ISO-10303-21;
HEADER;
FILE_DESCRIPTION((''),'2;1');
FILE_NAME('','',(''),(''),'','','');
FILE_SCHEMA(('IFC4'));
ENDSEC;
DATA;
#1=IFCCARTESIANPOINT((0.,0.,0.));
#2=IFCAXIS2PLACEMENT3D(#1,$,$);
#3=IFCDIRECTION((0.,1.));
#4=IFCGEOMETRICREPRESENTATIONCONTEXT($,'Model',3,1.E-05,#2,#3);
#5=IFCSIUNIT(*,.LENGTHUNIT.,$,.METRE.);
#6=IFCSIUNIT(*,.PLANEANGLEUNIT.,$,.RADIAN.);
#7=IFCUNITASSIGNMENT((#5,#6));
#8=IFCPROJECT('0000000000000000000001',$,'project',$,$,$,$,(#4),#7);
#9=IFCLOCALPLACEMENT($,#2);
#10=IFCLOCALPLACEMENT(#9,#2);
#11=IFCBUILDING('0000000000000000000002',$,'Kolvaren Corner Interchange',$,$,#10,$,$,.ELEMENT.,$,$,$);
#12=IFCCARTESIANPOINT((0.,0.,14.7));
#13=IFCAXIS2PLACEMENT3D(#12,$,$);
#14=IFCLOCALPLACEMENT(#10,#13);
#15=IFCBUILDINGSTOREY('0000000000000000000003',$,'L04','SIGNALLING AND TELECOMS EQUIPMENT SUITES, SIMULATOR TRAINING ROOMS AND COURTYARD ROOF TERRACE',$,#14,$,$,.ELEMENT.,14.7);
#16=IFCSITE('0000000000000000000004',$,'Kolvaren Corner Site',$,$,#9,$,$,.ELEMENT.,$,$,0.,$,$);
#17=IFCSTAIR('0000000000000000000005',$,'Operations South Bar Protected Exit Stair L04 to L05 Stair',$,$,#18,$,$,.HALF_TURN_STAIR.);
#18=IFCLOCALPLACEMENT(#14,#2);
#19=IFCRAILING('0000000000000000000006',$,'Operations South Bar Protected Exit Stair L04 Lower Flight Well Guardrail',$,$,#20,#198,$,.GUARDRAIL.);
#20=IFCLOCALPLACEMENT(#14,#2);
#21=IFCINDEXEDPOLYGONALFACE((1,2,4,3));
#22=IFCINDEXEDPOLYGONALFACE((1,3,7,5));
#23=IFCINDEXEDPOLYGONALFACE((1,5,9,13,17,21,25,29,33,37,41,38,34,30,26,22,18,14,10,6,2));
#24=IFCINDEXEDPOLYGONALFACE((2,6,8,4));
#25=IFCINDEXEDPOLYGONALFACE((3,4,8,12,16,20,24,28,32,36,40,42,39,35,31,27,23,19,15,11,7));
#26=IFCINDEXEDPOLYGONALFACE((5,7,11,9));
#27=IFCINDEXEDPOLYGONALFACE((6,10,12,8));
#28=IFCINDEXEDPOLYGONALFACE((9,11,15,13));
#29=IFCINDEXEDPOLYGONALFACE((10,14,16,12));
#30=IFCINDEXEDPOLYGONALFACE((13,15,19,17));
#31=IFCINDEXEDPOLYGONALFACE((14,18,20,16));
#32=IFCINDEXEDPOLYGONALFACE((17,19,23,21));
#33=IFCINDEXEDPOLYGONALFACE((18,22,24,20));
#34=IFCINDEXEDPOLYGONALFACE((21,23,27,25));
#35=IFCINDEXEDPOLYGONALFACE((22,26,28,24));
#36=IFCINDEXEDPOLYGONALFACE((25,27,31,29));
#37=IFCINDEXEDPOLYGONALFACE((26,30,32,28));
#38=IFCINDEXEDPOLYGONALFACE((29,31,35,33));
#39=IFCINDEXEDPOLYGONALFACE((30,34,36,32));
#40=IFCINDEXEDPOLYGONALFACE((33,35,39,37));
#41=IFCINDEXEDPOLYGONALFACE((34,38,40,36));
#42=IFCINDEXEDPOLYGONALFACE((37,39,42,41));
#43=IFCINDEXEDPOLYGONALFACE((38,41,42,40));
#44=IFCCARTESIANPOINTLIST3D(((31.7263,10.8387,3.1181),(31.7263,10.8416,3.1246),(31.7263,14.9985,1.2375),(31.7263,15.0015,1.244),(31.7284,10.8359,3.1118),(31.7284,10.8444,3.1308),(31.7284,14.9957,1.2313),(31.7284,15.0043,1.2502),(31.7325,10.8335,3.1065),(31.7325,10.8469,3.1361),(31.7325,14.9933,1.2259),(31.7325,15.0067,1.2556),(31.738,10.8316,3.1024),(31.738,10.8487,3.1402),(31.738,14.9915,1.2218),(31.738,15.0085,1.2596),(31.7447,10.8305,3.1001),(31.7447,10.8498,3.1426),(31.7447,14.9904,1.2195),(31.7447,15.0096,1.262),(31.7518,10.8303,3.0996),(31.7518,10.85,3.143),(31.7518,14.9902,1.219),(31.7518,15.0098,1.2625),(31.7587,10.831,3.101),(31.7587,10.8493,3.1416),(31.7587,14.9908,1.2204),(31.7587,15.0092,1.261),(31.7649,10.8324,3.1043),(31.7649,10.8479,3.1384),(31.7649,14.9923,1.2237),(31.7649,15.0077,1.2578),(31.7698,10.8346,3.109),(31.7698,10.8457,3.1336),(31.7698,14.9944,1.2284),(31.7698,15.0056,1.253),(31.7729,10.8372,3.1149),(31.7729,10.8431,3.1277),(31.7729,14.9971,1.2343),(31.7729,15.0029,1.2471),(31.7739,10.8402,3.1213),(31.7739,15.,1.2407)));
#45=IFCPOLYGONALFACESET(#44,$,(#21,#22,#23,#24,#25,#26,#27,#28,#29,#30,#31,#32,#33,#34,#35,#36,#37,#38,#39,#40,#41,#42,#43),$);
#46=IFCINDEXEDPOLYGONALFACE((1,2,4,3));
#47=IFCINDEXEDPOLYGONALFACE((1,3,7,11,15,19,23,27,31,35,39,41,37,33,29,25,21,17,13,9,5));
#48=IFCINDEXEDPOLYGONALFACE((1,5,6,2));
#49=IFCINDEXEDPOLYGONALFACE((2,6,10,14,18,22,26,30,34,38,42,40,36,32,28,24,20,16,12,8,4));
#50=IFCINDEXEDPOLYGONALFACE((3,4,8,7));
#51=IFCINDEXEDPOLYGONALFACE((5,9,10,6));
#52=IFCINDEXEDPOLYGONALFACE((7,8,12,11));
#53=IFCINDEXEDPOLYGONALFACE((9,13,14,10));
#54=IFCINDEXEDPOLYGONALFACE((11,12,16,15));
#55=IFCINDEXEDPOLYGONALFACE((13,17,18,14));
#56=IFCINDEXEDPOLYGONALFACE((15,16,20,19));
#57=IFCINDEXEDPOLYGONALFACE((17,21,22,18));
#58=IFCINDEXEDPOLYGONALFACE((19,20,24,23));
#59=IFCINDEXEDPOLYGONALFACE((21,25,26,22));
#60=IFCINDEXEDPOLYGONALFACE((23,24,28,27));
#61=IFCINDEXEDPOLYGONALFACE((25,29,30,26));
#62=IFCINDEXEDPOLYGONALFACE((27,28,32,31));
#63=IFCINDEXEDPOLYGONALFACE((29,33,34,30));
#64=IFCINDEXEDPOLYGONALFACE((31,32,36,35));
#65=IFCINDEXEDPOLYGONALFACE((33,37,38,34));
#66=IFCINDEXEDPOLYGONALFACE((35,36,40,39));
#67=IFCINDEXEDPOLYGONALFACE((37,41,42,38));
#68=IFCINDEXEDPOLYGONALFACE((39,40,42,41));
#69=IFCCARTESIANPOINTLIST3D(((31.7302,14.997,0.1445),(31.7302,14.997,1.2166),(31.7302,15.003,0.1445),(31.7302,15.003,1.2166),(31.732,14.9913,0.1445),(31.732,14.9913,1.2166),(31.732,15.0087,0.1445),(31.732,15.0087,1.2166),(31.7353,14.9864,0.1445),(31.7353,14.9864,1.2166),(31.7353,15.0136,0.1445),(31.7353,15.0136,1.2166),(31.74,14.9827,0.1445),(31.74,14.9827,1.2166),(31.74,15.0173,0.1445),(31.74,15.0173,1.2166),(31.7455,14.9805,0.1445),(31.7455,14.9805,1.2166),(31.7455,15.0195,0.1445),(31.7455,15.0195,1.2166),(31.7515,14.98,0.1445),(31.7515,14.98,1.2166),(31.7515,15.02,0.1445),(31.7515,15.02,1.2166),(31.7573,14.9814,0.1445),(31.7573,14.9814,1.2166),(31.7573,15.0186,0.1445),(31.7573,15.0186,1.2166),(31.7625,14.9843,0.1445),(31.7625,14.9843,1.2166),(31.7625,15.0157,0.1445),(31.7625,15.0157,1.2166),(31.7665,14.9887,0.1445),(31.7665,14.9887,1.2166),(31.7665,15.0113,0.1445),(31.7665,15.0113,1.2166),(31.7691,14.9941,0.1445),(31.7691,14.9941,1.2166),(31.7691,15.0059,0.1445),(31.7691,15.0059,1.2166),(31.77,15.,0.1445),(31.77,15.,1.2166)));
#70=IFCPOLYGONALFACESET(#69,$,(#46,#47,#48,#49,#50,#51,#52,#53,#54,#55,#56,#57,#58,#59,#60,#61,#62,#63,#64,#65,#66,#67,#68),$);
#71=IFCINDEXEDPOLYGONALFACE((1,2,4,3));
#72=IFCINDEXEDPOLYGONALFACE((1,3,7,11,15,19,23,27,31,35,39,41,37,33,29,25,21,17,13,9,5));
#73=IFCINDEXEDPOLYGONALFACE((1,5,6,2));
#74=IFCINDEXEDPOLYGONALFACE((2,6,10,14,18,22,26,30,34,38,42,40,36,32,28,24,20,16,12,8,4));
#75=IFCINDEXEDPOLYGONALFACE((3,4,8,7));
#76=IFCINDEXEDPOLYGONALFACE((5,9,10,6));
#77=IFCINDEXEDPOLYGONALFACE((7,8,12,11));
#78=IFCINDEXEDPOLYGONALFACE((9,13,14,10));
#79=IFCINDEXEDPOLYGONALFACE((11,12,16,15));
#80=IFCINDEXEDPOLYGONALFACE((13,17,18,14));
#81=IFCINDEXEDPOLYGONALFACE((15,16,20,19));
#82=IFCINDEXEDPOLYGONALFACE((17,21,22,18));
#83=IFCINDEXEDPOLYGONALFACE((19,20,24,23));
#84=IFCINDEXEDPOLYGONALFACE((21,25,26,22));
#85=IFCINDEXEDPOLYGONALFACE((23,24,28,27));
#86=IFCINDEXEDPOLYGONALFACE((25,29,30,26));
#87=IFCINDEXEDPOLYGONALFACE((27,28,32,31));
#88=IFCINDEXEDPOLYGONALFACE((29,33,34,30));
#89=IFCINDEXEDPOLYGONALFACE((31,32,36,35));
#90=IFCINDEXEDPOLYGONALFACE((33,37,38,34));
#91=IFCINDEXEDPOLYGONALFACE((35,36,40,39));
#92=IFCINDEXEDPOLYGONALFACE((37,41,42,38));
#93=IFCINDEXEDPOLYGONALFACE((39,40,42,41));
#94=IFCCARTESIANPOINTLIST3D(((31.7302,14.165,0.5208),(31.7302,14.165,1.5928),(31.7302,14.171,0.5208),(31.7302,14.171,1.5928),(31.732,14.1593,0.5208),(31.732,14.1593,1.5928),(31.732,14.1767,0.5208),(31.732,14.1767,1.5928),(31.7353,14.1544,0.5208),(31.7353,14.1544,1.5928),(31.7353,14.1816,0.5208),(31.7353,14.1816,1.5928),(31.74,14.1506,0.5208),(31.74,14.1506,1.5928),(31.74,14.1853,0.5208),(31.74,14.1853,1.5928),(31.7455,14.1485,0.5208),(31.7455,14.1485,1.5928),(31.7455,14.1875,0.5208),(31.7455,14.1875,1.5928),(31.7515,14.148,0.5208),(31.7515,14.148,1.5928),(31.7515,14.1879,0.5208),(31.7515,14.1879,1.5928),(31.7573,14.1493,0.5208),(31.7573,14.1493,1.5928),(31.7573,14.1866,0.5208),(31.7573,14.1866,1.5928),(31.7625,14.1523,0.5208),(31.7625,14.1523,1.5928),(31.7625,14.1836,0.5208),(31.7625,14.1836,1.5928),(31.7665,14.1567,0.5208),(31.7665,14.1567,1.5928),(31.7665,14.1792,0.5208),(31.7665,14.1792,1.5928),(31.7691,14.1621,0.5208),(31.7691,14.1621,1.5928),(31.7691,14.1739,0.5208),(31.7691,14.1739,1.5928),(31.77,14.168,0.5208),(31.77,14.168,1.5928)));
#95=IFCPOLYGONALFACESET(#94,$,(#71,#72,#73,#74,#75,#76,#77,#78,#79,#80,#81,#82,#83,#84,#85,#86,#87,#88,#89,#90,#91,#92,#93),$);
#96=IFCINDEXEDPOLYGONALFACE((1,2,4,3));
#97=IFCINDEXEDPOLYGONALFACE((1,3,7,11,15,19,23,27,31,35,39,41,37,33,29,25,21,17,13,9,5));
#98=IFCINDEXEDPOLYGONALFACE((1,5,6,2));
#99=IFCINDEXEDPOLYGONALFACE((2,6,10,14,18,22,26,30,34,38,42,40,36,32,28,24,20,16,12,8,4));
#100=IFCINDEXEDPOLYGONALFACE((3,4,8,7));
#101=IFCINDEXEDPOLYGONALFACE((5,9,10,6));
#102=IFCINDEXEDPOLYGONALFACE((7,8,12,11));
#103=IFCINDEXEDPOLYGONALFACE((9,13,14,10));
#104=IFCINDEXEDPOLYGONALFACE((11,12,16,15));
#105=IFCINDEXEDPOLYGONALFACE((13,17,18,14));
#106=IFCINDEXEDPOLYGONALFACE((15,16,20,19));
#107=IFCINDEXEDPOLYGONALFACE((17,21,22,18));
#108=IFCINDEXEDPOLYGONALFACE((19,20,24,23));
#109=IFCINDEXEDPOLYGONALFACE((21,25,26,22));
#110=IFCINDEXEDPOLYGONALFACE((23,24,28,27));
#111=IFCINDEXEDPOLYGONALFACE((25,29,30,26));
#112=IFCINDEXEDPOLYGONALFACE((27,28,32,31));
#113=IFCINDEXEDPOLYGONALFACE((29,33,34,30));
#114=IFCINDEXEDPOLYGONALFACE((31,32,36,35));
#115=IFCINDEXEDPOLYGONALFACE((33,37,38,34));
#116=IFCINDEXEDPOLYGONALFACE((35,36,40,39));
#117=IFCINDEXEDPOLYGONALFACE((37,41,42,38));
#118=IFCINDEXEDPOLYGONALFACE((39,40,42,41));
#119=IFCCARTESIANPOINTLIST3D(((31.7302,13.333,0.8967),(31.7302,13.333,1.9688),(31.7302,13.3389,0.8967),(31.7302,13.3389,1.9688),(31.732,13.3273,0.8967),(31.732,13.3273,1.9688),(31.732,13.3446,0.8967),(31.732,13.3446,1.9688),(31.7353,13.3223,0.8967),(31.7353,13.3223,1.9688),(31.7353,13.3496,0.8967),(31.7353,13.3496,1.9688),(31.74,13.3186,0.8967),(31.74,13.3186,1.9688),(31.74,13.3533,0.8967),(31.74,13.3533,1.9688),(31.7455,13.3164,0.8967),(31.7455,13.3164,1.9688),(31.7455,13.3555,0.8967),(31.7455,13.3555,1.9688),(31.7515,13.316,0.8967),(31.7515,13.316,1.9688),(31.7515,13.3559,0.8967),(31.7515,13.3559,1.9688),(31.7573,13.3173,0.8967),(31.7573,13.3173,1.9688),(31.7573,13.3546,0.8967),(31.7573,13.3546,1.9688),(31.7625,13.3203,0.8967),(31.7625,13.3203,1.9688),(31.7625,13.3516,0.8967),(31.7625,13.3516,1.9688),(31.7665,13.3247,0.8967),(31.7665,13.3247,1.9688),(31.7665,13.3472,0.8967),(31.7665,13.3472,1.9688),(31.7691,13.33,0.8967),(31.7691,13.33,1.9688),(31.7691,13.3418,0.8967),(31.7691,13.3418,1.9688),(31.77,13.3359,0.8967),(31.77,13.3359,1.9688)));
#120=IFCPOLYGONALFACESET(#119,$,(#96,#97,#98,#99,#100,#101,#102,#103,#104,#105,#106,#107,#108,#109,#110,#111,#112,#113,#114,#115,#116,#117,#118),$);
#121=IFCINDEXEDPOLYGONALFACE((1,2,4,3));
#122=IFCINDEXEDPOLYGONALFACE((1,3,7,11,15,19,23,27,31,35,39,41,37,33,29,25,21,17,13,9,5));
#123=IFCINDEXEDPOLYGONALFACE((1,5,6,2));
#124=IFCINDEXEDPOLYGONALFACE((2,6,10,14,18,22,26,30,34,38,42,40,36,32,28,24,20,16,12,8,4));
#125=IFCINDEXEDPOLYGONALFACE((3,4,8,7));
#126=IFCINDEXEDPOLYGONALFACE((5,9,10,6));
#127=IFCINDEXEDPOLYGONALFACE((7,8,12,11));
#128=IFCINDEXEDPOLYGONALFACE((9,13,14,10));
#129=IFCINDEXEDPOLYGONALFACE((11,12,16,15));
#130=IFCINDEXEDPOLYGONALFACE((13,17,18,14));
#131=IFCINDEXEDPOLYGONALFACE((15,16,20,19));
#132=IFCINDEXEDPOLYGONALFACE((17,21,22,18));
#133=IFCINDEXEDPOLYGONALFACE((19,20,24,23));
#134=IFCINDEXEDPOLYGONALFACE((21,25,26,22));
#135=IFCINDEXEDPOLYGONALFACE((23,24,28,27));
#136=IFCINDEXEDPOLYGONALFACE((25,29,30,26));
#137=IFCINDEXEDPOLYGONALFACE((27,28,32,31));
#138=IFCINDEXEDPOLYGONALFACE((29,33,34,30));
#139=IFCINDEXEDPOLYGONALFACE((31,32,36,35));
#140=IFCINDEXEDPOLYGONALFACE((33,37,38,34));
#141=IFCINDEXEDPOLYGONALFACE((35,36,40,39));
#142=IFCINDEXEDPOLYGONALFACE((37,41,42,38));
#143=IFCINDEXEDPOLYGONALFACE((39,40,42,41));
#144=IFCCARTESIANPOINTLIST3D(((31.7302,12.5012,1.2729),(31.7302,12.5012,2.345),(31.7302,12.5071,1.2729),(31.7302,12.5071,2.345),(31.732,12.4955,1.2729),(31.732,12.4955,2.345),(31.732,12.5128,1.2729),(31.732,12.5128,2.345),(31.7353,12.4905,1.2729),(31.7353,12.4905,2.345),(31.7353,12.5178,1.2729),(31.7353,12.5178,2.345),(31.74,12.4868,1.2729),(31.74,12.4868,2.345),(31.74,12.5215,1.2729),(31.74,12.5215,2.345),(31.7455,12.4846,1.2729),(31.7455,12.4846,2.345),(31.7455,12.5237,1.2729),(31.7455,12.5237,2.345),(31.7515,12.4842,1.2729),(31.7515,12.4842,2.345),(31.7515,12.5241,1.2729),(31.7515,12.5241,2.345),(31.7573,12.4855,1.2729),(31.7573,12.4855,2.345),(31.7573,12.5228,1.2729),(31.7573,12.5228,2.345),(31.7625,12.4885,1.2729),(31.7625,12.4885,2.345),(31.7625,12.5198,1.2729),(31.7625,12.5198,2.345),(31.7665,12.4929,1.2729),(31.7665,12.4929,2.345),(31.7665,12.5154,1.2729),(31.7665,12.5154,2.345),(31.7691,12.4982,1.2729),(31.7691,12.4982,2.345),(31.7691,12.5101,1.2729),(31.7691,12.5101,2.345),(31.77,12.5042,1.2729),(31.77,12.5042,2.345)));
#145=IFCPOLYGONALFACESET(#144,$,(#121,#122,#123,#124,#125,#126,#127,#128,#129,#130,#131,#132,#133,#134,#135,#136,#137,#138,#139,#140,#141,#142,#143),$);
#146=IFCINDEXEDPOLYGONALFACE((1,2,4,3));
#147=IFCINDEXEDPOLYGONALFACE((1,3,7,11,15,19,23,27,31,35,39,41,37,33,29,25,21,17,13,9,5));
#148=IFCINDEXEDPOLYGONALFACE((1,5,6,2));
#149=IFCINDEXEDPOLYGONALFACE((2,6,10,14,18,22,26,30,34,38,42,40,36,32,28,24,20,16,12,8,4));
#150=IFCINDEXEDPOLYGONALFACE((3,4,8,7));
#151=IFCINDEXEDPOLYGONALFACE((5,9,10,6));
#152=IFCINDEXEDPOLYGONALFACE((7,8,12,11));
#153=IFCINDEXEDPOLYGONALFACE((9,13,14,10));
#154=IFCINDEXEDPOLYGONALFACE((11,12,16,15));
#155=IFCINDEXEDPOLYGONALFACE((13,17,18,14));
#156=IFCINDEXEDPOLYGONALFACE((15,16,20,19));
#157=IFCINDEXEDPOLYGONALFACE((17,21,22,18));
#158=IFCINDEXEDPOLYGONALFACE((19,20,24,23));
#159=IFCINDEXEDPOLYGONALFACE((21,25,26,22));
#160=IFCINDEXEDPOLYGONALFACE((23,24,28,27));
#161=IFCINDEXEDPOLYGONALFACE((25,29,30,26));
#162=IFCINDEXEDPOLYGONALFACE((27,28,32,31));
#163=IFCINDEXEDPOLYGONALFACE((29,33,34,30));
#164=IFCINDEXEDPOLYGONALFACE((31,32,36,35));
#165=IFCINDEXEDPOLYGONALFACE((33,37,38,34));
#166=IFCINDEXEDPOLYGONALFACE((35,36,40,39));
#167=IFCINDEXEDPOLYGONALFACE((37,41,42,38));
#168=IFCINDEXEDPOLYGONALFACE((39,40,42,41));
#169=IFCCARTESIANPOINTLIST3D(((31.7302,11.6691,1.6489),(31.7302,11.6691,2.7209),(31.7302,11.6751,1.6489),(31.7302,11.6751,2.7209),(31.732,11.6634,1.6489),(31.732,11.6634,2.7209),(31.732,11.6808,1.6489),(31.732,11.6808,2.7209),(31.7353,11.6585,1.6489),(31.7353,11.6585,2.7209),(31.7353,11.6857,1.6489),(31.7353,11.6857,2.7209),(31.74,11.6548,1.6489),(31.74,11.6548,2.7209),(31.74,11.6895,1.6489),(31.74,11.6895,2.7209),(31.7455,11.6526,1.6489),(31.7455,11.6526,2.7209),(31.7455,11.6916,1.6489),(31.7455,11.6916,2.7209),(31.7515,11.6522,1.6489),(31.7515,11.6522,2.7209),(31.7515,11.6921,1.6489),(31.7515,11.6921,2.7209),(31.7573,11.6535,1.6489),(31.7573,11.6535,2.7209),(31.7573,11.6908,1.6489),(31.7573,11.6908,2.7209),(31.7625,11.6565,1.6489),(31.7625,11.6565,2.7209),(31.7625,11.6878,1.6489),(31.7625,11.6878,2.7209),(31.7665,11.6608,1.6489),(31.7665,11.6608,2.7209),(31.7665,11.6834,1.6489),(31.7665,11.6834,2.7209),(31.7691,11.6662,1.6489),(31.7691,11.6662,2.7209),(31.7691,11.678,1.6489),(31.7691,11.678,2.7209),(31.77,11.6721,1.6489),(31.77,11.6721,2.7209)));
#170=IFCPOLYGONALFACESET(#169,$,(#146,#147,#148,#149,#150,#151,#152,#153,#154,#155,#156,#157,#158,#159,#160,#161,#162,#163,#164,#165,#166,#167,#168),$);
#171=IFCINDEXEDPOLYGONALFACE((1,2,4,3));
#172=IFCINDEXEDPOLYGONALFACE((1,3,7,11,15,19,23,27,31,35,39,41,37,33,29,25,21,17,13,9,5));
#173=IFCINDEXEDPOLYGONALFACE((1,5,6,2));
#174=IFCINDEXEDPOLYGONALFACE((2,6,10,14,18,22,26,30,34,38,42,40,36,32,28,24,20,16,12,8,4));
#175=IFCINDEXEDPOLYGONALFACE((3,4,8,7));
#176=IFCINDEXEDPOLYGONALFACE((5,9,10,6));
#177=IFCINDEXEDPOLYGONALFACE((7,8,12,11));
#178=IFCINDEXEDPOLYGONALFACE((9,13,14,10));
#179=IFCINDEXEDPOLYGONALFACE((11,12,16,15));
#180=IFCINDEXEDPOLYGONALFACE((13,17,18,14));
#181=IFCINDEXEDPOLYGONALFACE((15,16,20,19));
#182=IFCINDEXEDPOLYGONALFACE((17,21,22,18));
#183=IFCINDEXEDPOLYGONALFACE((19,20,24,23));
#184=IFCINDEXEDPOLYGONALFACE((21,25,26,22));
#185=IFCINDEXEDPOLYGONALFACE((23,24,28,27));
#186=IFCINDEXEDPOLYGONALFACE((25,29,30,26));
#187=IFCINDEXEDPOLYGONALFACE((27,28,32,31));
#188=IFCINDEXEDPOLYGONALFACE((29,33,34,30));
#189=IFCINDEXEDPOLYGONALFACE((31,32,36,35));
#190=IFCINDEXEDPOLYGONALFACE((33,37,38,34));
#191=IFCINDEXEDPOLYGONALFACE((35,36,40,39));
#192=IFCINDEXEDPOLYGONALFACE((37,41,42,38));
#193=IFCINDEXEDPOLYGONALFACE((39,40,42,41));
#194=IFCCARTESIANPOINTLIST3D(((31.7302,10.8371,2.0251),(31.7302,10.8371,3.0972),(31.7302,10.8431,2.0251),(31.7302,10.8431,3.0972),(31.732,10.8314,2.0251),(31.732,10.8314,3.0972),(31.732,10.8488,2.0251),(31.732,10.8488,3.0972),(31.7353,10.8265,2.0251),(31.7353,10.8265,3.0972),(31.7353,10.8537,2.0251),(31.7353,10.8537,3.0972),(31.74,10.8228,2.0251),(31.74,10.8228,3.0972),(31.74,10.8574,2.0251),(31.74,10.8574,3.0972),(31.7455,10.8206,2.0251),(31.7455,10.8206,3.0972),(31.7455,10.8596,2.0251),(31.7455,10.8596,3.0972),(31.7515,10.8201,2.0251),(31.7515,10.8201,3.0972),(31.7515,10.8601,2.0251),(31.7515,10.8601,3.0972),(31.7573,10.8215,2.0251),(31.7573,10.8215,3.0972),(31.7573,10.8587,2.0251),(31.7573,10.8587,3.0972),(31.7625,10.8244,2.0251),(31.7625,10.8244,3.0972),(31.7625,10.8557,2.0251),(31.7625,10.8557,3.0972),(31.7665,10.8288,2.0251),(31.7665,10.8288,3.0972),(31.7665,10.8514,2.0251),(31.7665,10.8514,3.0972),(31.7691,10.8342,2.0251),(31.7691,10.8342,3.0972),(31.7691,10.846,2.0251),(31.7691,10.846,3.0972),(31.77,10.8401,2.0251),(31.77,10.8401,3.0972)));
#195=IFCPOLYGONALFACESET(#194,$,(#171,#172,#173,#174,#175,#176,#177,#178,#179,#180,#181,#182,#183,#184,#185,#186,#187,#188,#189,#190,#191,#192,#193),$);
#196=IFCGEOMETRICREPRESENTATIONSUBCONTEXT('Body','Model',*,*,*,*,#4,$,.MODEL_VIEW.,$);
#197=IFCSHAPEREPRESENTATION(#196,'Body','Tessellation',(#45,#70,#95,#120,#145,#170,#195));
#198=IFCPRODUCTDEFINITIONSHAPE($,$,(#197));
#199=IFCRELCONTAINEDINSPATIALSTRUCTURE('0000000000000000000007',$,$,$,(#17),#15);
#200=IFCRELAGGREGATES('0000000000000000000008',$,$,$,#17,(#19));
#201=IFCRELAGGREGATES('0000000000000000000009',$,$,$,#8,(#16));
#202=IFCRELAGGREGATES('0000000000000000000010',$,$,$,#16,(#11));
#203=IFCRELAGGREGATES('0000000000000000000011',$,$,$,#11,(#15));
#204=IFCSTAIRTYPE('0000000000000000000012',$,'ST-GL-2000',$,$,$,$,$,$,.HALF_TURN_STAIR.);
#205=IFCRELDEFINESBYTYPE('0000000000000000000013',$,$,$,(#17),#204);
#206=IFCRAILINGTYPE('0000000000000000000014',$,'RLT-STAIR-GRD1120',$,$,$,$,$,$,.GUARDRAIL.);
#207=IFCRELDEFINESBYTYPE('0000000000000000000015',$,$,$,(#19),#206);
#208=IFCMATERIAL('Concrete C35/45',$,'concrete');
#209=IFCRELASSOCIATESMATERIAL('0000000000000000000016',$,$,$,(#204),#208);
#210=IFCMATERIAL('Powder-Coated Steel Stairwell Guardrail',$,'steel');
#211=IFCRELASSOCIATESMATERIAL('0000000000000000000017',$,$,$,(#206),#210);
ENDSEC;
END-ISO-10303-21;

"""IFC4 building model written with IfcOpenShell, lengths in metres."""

from ifc_helpers import new_model, si_unit, direction, frame, origin, origin_2d, place, context, subcontext, project, spatial, circle, extrude, material, type_object, element, aggregate, save


model = new_model("IFC4")

# Units and contexts
model_context = context("Model", 3, precision=1e-05, world=origin(), true_north=direction((0.0, 1.0)))
body_context = subcontext(model_context, "Body", "Model", "MODEL_VIEW")
ifc_project = project(units=[si_unit("LENGTHUNIT", "METRE"), si_unit("PLANEANGLEUNIT", "RADIAN")], contexts=[model_context])

# Site, building, storey
site_placement = place(None, origin())
site = spatial("IfcSite", under=ifc_project, at=site_placement, Name="Kolvaren Corner Site", CompositionType="ELEMENT", RefElevation=0.0)
building_placement = place(site_placement, origin())
building = spatial("IfcBuilding", under=site, at=building_placement, Name="Kolvaren Corner Interchange", CompositionType="ELEMENT")
storey_placement = place(building_placement, frame((0.0, 0.0, 14.7)))
storey = spatial("IfcBuildingStorey", under=building, at=storey_placement, Name="L04", Description="SIGNALLING AND TELECOMS EQUIPMENT SUITES, SIMULATOR TRAINING ROOMS AND COURTYARD ROOF TERRACE", CompositionType="ELEMENT", Elevation=14.7)

# Stair
ifc_material_1 = material(Name="Concrete C35/45", Category="concrete")
stair_type = type_object("IfcStairType", Name="ST-GL-2000", PredefinedType="HALF_TURN_STAIR", material=ifc_material_1)
stair_placement = place(storey_placement, origin())
stair = element("IfcStair", 1, at=stair_placement, inside=storey, type_object=stair_type, Name="Operations South Bar Protected Exit Stair L04 to L05 Stair", PredefinedType="HALF_TURN_STAIR")

# Railing
ifc_material_2 = material(Name="Powder-Coated Steel Stairwell Guardrail", Category="steel")
railing_type_1 = type_object("IfcRailingType", Name="RLT-STAIR-GRD1120", PredefinedType="GUARDRAIL", material=ifc_material_2)
railing_1_placement = place(storey_placement, frame((31.75, 15.0, 0.1445)))
railing_1 = element("IfcRailing", 2, at=railing_1_placement, type_object=railing_type_1, Name="Operations South Bar Protected Exit Stair L04 Lower Flight Well Guardrail", PredefinedType="GUARDRAIL", context=body_context, shape_type="SweptSolid", body=[
    extrude(circle(Radius=0.0239, at=origin_2d()), frame((0.0, 0.0, 1.0962), z_axis=(0.0, -0.911211, 0.411941), x_axis=(1.0, 0.0, 0.0)), (0.0, 0.0, 1.0), 4.5652),
    extrude(circle(Radius=0.02, at=origin_2d()), origin(), (0.0, 0.0, 1.0), 1.072),
    extrude(circle(Radius=0.02, at=origin_2d()), frame((0.0, -0.832, 0.3762)), (0.0, 0.0, 1.0), 1.072),
    extrude(circle(Radius=0.02, at=origin_2d()), frame((0.0, -1.6641, 0.7522)), (0.0, 0.0, 1.0), 1.072),
    extrude(circle(Radius=0.02, at=origin_2d()), frame((0.0, -2.4958, 1.1284)), (0.0, 0.0, 1.0), 1.072),
    extrude(circle(Radius=0.02, at=origin_2d()), frame((0.0, -3.3279, 1.5044)), (0.0, 0.0, 1.0), 1.072),
    extrude(circle(Radius=0.02, at=origin_2d()), frame((0.0, -4.1599, 1.8806)), (0.0, 0.0, 1.0), 1.072),
])
aggregate(stair, [railing_1])

save(model, "model.ifc")
